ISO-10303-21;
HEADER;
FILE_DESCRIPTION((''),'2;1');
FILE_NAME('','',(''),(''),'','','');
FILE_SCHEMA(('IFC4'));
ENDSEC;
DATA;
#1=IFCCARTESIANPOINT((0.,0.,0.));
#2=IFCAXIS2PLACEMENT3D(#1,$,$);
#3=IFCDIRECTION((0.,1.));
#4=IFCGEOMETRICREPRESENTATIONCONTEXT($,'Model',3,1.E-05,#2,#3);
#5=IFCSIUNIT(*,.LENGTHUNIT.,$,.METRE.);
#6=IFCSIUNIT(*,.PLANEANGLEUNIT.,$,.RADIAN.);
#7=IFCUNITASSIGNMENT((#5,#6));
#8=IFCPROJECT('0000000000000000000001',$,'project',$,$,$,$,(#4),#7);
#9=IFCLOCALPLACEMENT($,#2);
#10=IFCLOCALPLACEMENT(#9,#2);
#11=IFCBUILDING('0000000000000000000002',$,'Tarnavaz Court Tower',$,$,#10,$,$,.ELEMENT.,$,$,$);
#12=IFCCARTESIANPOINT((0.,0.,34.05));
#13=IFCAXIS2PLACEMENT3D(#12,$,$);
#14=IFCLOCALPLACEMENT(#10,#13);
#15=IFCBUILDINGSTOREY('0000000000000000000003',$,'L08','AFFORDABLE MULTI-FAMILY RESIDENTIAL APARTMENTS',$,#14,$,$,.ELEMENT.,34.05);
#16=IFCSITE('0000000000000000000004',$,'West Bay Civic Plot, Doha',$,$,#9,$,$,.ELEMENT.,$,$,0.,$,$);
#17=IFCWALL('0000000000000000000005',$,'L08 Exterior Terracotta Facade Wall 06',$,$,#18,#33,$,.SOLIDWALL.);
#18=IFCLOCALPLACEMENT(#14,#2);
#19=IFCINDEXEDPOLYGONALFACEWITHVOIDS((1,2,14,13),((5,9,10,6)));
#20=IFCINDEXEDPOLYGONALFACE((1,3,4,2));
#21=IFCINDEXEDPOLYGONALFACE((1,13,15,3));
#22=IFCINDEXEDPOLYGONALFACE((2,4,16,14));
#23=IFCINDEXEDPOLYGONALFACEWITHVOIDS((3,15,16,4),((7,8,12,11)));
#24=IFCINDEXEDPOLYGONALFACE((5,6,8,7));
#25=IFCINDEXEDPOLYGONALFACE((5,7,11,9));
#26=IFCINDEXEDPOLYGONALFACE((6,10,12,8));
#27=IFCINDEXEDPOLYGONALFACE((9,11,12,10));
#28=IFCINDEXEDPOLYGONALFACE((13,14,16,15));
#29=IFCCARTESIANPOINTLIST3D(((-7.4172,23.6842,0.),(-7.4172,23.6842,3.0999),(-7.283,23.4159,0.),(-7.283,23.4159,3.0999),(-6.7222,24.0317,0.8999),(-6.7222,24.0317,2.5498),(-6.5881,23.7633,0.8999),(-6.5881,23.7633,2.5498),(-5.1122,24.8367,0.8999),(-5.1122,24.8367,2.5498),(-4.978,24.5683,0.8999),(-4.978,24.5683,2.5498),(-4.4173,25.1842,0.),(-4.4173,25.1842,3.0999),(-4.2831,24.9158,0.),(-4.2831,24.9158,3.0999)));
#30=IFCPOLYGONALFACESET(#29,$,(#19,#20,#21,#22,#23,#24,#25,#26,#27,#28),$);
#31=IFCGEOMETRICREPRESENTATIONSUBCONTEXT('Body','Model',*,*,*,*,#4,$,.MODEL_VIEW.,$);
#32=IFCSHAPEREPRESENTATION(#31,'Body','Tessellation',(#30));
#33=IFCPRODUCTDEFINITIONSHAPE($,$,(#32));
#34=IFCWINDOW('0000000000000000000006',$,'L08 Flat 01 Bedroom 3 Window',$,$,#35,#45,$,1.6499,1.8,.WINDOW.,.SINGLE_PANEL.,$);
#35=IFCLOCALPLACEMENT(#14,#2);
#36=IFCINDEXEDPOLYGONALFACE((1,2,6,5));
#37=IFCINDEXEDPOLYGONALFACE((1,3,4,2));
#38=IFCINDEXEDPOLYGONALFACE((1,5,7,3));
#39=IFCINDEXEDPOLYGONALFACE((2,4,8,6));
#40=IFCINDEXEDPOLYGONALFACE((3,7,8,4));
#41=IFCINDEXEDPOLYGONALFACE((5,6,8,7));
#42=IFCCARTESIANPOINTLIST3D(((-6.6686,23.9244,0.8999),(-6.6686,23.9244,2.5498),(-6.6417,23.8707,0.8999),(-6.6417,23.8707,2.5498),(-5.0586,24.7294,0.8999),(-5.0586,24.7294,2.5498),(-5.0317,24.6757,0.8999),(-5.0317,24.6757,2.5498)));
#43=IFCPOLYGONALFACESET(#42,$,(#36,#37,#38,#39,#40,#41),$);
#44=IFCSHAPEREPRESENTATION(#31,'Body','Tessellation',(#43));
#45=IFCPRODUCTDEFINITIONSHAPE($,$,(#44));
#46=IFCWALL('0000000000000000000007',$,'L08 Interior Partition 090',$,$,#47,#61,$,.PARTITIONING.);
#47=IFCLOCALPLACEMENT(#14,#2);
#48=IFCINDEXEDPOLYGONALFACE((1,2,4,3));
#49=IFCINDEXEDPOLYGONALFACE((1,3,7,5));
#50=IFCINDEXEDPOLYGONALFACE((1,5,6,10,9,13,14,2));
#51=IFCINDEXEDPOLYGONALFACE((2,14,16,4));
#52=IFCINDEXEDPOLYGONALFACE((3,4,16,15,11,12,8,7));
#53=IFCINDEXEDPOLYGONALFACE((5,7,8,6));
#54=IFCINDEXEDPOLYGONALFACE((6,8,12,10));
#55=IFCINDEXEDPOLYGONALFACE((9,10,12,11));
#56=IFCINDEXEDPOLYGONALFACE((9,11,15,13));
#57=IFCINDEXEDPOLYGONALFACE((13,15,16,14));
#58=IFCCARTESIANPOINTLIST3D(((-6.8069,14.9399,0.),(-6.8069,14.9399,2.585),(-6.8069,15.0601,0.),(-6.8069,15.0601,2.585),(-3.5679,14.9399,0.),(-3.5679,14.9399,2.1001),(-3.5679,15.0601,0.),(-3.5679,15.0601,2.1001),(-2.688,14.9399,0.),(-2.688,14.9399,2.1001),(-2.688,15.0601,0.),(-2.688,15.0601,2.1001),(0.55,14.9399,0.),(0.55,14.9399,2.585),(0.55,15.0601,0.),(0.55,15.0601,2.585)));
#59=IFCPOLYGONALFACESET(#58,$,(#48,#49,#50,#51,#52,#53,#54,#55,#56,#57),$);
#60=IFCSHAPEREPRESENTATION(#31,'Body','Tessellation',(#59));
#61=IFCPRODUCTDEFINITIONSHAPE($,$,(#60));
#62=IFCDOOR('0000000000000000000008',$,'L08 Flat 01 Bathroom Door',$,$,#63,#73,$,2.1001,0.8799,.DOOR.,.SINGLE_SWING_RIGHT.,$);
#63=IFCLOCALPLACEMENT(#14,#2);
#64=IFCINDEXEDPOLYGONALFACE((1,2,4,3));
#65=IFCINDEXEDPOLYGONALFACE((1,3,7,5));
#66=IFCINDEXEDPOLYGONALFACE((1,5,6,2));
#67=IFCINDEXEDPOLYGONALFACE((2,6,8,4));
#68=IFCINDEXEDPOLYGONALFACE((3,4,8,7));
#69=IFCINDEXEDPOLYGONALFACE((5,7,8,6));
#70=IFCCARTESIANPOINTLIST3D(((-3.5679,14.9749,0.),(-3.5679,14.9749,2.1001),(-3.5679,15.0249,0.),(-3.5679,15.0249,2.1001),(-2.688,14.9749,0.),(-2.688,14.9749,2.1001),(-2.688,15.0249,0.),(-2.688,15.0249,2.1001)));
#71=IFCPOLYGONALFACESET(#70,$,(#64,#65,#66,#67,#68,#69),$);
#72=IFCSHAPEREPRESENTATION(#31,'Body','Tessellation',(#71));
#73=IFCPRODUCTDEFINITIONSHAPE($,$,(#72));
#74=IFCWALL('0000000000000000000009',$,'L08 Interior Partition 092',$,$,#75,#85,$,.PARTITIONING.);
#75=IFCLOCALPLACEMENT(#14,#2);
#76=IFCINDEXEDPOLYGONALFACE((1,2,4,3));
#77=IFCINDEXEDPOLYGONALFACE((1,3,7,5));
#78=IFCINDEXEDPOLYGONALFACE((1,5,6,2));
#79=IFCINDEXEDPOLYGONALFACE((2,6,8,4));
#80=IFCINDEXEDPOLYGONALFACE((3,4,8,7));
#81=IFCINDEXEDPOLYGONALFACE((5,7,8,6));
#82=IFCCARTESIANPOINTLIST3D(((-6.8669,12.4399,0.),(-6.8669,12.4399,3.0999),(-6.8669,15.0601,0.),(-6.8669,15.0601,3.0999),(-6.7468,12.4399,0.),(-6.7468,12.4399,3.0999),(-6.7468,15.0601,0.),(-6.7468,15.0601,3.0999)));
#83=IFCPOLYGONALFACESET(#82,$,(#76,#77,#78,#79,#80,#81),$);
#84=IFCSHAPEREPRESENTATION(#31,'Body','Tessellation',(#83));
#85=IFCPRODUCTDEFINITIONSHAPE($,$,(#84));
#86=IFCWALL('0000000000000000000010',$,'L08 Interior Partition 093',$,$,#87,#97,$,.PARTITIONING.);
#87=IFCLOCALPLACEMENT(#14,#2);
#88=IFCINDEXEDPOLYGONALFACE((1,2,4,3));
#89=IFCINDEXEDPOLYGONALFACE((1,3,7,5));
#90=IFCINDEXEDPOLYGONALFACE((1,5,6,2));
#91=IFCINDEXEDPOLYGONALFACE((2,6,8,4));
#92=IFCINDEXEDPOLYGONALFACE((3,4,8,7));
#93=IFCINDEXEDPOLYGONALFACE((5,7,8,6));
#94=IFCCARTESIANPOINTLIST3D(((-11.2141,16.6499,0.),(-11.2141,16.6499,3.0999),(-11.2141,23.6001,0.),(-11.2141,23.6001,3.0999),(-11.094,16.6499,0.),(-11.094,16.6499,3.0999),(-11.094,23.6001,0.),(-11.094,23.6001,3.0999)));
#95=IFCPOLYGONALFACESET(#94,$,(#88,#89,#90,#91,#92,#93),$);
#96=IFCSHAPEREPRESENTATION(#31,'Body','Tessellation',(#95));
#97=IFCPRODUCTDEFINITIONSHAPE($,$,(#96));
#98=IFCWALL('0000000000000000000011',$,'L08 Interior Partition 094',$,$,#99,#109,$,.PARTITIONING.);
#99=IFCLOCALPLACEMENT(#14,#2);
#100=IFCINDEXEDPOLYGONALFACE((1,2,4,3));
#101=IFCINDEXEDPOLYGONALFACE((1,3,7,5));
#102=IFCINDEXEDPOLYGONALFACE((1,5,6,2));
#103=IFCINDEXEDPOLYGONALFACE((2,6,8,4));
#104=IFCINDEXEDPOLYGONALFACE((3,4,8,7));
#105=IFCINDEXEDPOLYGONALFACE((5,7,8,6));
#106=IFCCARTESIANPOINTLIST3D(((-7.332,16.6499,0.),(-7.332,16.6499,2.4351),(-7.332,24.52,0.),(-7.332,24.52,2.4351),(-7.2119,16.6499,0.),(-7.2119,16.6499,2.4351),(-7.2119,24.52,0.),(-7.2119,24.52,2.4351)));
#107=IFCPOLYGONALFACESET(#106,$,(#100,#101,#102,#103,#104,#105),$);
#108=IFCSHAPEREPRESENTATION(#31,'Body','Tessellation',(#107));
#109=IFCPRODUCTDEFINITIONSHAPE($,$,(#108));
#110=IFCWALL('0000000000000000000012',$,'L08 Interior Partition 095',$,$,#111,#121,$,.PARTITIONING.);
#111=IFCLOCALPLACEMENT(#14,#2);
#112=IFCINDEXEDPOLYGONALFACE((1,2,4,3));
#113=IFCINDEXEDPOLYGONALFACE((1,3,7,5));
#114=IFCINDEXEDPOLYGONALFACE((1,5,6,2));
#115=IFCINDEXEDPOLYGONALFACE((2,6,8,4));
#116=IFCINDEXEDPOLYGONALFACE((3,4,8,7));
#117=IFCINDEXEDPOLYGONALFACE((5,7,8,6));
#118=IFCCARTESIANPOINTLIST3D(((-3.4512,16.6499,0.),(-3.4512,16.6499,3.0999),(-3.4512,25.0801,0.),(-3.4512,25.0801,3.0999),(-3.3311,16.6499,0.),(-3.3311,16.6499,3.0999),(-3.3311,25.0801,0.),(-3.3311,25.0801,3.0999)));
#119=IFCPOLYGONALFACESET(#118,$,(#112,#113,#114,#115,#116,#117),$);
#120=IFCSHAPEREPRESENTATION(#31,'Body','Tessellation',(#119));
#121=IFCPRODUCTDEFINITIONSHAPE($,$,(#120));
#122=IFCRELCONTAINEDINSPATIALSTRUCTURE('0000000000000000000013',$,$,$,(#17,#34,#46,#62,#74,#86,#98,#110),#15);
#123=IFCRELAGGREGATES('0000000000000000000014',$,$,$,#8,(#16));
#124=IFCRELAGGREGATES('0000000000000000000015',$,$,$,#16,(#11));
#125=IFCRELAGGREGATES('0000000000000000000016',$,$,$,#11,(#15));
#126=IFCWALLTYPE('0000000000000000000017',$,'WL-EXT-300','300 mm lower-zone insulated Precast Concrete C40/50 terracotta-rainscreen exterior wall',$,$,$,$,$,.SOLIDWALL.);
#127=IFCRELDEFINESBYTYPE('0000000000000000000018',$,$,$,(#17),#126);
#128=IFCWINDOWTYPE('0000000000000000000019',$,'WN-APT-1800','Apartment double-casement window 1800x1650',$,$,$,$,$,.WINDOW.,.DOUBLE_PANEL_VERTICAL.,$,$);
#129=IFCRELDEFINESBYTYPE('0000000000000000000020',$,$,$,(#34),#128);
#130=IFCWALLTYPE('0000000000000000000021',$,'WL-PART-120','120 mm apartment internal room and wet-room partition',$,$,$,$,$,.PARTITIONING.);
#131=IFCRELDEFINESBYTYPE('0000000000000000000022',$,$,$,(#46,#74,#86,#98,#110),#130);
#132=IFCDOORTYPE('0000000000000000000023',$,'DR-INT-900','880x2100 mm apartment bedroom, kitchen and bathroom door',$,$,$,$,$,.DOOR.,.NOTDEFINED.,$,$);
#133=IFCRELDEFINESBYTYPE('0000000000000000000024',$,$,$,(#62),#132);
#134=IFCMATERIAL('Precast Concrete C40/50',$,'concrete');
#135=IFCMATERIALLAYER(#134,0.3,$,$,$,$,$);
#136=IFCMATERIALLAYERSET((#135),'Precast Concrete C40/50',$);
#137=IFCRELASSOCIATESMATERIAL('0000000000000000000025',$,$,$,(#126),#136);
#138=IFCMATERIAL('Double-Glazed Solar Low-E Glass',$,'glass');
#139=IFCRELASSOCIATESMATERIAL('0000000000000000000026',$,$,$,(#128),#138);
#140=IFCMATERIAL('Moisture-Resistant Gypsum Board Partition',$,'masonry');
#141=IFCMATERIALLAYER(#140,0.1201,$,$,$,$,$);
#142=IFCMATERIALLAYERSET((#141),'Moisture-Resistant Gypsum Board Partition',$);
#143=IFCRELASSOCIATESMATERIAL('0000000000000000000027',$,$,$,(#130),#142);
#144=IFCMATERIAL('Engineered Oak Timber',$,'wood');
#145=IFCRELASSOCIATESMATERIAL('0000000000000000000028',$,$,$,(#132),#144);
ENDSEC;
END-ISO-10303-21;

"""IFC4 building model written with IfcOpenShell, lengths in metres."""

from ifc_helpers import new_model, si_unit, direction, frame, frame_2d, origin, place, context, subcontext, project, spatial, rectangle, extrude, material, layer, layer_set, type_object, element, fill, save


model = new_model("IFC4")

# Units and contexts
model_context = context("Model", 3, precision=1e-05, world=origin(), true_north=direction((0.0, 1.0)))
body_context = subcontext(model_context, "Body", "Model", "MODEL_VIEW")
ifc_project = project(units=[si_unit("LENGTHUNIT", "METRE"), si_unit("PLANEANGLEUNIT", "RADIAN")], contexts=[model_context])

# Site, building, storey
site_placement = place(None, origin())
site = spatial("IfcSite", under=ifc_project, at=site_placement, Name="West Bay Civic Plot, Doha", CompositionType="ELEMENT", RefElevation=0.0)
building_placement = place(site_placement, origin())
building = spatial("IfcBuilding", under=site, at=building_placement, Name="Tarnavaz Court Tower", CompositionType="ELEMENT")
storey_placement = place(building_placement, frame((0.0, 0.0, 34.05)))
storey = spatial("IfcBuildingStorey", under=building, at=storey_placement, Name="L08", Description="AFFORDABLE MULTI-FAMILY RESIDENTIAL APARTMENTS", CompositionType="ELEMENT", Elevation=34.05)

# Shared definitions
ifc_material_1 = material(Name="Double-Glazed Solar Low-E Glass", Category="glass")

# Wall, opening, window
ifc_material_2 = material(Name="Precast Concrete C40/50", Category="concrete")
ifc_layer_1 = layer(ifc_material_2, 0.3)
ifc_layer_set_1 = layer_set([ifc_layer_1], Name="Precast Concrete C40/50")
wall_type_1 = type_object("IfcWallType", Name="WL-EXT-300", Description="300 mm lower-zone insulated Precast Concrete C40/50 terracotta-rainscreen exterior wall", PredefinedType="SOLIDWALL", material=ifc_layer_set_1)
wall_1_placement = place(storey_placement, frame((-7.3501, 23.55, 0.0), z_axis=(0.0, 0.0, 1.0), x_axis=(0.894427, 0.447214, 0.0)))
wall_1 = element("IfcWall", 1, at=wall_1_placement, inside=storey, type_object=wall_type_1, Name="L08 Exterior Terracotta Facade Wall 06", PredefinedType="SOLIDWALL", context=body_context, shape_type="SweptSolid", body=[
    extrude(rectangle(XDim=3.354, YDim=0.3, at=frame_2d((1.677, 0.0))), origin(), (0.0, 0.0, 1.0), 3.0999),
])
opening_1_placement = place(wall_1_placement, frame((0.7771, 0.0, 0.8999)))
opening_1 = element("IfcOpeningElement", 2, at=opening_1_placement, cuts=wall_1, PredefinedType="OPENING", context=body_context, shape_type="SweptSolid", body=[
    extrude(rectangle(XDim=1.8, YDim=1.6499, at=frame_2d((0.8999, 0.825))), frame((0.0, 0.1599, 0.0), z_axis=(0.0, -1.0, 0.0), x_axis=(1.0, 0.0, 0.0)), (0.0, 0.0, 1.0), 0.3201),
])
window_type = type_object("IfcWindowType", Name="WN-APT-1800", Description="Apartment double-casement window 1800x1650", PartitioningType="DOUBLE_PANEL_VERTICAL", PredefinedType="WINDOW", material=ifc_material_1)
window_placement = place(opening_1_placement, origin())
window = element("IfcWindow", 3, at=window_placement, inside=storey, type_object=window_type, Name="L08 Flat 01 Bedroom 3 Window", OverallHeight=1.6499, OverallWidth=1.8, PartitioningType="SINGLE_PANEL", PredefinedType="WINDOW", context=body_context, shape_type="SweptSolid", body=[
    extrude(rectangle(XDim=1.8, YDim=1.6499, at=frame_2d((0.8999, 0.825))), frame((0.0, 0.03, 0.0), z_axis=(0.0, -1.0, 0.0), x_axis=(1.0, 0.0, 0.0)), (0.0, 0.0, 1.0), 0.0601),
])
fill(opening_1, window)

# Wall, opening, door
ifc_material_3 = material(Name="Moisture-Resistant Gypsum Board Partition", Category="masonry")
ifc_layer_2 = layer(ifc_material_3, 0.1201)
ifc_layer_set_2 = layer_set([ifc_layer_2], Name="Moisture-Resistant Gypsum Board Partition")
wall_type_2 = type_object("IfcWallType", Name="WL-PART-120", Description="120 mm apartment internal room and wet-room partition", PredefinedType="PARTITIONING", material=ifc_layer_set_2)
wall_2_placement = place(storey_placement, frame((-6.8069, 15.0, 0.0), z_axis=(0.0, 0.0, 1.0), x_axis=(1.0, 0.0, 0.0)))
wall_2 = element("IfcWall", 4, at=wall_2_placement, inside=storey, type_object=wall_type_2, Name="L08 Interior Partition 090", PredefinedType="PARTITIONING", context=body_context, shape_type="SweptSolid", body=[
    extrude(rectangle(XDim=7.3569, YDim=0.1201, at=frame_2d((3.6785, 0.0))), origin(), (0.0, 0.0, 1.0), 2.585),
])
opening_2_placement = place(wall_2_placement, frame((3.239, 0.0, 0.0)))
opening_2 = element("IfcOpeningElement", 5, at=opening_2_placement, cuts=wall_2, PredefinedType="OPENING", context=body_context, shape_type="SweptSolid", body=[
    extrude(rectangle(XDim=0.8799, YDim=2.1001, at=frame_2d((0.4399, 1.05))), frame((0.0, 0.0701, 0.0), z_axis=(0.0, -1.0, 0.0), x_axis=(1.0, 0.0, 0.0)), (0.0, 0.0, 1.0), 0.1401),
])
ifc_material_4 = material(Name="Engineered Oak Timber", Category="wood")
door_type = type_object("IfcDoorType", Name="DR-INT-900", Description="880x2100 mm apartment bedroom, kitchen and bathroom door", OperationType="NOTDEFINED", PredefinedType="DOOR", material=ifc_material_4)
door_placement = place(opening_2_placement, origin())
door = element("IfcDoor", 6, at=door_placement, inside=storey, type_object=door_type, Name="L08 Flat 01 Bathroom Door", OperationType="SINGLE_SWING_RIGHT", OverallHeight=2.1001, OverallWidth=0.8799, PredefinedType="DOOR", context=body_context, shape_type="SweptSolid", body=[
    extrude(rectangle(XDim=0.8799, YDim=2.1001, at=frame_2d((0.4399, 1.05))), frame((0.0, 0.0249, 0.0), z_axis=(0.0, -1.0, 0.0), x_axis=(1.0, 0.0, 0.0)), (0.0, 0.0, 1.0), 0.05),
])
fill(opening_2, door)

# Walls
wall_3_placement = place(storey_placement, frame((-6.8069, 12.4399, 0.0), z_axis=(0.0, 0.0, 1.0), x_axis=(0.0, 1.0, 0.0)))
element("IfcWall", 7, at=wall_3_placement, inside=storey, type_object=wall_type_2, Name="L08 Interior Partition 092", PredefinedType="PARTITIONING", context=body_context, shape_type="SweptSolid", body=[
    extrude(rectangle(XDim=2.6201, YDim=0.1201, at=frame_2d((1.3101, 0.0))), origin(), (0.0, 0.0, 1.0), 3.0999),
])
wall_4_placement = place(storey_placement, frame((-11.1541, 16.6499, 0.0), z_axis=(0.0, 0.0, 1.0), x_axis=(0.0, 1.0, 0.0)))
element("IfcWall", 8, at=wall_4_placement, inside=storey, type_object=wall_type_2, Name="L08 Interior Partition 093", PredefinedType="PARTITIONING", context=body_context, shape_type="SweptSolid", body=[
    extrude(rectangle(XDim=6.9502, YDim=0.1201, at=frame_2d((3.4751, 0.0))), origin(), (0.0, 0.0, 1.0), 3.0999),
])
wall_5_placement = place(storey_placement, frame((-7.272, 16.6499, 0.0), z_axis=(0.0, 0.0, 1.0), x_axis=(0.0, 1.0, 0.0)))
element("IfcWall", 9, at=wall_5_placement, inside=storey, type_object=wall_type_2, Name="L08 Interior Partition 094", PredefinedType="PARTITIONING", context=body_context, shape_type="SweptSolid", body=[
    extrude(rectangle(XDim=7.8701, YDim=0.1201, at=frame_2d((3.9351, 0.0))), origin(), (0.0, 0.0, 1.0), 2.4351),
])
wall_6_placement = place(storey_placement, frame((-3.3911, 16.6499, 0.0), z_axis=(0.0, 0.0, 1.0), x_axis=(0.0, 1.0, 0.0)))
element("IfcWall", 10, at=wall_6_placement, inside=storey, type_object=wall_type_2, Name="L08 Interior Partition 095", PredefinedType="PARTITIONING", context=body_context, shape_type="SweptSolid", body=[
    extrude(rectangle(XDim=8.4302, YDim=0.1201, at=frame_2d((4.2151, 0.0))), origin(), (0.0, 0.0, 1.0), 3.0999),
])

save(model, "model.ifc")
